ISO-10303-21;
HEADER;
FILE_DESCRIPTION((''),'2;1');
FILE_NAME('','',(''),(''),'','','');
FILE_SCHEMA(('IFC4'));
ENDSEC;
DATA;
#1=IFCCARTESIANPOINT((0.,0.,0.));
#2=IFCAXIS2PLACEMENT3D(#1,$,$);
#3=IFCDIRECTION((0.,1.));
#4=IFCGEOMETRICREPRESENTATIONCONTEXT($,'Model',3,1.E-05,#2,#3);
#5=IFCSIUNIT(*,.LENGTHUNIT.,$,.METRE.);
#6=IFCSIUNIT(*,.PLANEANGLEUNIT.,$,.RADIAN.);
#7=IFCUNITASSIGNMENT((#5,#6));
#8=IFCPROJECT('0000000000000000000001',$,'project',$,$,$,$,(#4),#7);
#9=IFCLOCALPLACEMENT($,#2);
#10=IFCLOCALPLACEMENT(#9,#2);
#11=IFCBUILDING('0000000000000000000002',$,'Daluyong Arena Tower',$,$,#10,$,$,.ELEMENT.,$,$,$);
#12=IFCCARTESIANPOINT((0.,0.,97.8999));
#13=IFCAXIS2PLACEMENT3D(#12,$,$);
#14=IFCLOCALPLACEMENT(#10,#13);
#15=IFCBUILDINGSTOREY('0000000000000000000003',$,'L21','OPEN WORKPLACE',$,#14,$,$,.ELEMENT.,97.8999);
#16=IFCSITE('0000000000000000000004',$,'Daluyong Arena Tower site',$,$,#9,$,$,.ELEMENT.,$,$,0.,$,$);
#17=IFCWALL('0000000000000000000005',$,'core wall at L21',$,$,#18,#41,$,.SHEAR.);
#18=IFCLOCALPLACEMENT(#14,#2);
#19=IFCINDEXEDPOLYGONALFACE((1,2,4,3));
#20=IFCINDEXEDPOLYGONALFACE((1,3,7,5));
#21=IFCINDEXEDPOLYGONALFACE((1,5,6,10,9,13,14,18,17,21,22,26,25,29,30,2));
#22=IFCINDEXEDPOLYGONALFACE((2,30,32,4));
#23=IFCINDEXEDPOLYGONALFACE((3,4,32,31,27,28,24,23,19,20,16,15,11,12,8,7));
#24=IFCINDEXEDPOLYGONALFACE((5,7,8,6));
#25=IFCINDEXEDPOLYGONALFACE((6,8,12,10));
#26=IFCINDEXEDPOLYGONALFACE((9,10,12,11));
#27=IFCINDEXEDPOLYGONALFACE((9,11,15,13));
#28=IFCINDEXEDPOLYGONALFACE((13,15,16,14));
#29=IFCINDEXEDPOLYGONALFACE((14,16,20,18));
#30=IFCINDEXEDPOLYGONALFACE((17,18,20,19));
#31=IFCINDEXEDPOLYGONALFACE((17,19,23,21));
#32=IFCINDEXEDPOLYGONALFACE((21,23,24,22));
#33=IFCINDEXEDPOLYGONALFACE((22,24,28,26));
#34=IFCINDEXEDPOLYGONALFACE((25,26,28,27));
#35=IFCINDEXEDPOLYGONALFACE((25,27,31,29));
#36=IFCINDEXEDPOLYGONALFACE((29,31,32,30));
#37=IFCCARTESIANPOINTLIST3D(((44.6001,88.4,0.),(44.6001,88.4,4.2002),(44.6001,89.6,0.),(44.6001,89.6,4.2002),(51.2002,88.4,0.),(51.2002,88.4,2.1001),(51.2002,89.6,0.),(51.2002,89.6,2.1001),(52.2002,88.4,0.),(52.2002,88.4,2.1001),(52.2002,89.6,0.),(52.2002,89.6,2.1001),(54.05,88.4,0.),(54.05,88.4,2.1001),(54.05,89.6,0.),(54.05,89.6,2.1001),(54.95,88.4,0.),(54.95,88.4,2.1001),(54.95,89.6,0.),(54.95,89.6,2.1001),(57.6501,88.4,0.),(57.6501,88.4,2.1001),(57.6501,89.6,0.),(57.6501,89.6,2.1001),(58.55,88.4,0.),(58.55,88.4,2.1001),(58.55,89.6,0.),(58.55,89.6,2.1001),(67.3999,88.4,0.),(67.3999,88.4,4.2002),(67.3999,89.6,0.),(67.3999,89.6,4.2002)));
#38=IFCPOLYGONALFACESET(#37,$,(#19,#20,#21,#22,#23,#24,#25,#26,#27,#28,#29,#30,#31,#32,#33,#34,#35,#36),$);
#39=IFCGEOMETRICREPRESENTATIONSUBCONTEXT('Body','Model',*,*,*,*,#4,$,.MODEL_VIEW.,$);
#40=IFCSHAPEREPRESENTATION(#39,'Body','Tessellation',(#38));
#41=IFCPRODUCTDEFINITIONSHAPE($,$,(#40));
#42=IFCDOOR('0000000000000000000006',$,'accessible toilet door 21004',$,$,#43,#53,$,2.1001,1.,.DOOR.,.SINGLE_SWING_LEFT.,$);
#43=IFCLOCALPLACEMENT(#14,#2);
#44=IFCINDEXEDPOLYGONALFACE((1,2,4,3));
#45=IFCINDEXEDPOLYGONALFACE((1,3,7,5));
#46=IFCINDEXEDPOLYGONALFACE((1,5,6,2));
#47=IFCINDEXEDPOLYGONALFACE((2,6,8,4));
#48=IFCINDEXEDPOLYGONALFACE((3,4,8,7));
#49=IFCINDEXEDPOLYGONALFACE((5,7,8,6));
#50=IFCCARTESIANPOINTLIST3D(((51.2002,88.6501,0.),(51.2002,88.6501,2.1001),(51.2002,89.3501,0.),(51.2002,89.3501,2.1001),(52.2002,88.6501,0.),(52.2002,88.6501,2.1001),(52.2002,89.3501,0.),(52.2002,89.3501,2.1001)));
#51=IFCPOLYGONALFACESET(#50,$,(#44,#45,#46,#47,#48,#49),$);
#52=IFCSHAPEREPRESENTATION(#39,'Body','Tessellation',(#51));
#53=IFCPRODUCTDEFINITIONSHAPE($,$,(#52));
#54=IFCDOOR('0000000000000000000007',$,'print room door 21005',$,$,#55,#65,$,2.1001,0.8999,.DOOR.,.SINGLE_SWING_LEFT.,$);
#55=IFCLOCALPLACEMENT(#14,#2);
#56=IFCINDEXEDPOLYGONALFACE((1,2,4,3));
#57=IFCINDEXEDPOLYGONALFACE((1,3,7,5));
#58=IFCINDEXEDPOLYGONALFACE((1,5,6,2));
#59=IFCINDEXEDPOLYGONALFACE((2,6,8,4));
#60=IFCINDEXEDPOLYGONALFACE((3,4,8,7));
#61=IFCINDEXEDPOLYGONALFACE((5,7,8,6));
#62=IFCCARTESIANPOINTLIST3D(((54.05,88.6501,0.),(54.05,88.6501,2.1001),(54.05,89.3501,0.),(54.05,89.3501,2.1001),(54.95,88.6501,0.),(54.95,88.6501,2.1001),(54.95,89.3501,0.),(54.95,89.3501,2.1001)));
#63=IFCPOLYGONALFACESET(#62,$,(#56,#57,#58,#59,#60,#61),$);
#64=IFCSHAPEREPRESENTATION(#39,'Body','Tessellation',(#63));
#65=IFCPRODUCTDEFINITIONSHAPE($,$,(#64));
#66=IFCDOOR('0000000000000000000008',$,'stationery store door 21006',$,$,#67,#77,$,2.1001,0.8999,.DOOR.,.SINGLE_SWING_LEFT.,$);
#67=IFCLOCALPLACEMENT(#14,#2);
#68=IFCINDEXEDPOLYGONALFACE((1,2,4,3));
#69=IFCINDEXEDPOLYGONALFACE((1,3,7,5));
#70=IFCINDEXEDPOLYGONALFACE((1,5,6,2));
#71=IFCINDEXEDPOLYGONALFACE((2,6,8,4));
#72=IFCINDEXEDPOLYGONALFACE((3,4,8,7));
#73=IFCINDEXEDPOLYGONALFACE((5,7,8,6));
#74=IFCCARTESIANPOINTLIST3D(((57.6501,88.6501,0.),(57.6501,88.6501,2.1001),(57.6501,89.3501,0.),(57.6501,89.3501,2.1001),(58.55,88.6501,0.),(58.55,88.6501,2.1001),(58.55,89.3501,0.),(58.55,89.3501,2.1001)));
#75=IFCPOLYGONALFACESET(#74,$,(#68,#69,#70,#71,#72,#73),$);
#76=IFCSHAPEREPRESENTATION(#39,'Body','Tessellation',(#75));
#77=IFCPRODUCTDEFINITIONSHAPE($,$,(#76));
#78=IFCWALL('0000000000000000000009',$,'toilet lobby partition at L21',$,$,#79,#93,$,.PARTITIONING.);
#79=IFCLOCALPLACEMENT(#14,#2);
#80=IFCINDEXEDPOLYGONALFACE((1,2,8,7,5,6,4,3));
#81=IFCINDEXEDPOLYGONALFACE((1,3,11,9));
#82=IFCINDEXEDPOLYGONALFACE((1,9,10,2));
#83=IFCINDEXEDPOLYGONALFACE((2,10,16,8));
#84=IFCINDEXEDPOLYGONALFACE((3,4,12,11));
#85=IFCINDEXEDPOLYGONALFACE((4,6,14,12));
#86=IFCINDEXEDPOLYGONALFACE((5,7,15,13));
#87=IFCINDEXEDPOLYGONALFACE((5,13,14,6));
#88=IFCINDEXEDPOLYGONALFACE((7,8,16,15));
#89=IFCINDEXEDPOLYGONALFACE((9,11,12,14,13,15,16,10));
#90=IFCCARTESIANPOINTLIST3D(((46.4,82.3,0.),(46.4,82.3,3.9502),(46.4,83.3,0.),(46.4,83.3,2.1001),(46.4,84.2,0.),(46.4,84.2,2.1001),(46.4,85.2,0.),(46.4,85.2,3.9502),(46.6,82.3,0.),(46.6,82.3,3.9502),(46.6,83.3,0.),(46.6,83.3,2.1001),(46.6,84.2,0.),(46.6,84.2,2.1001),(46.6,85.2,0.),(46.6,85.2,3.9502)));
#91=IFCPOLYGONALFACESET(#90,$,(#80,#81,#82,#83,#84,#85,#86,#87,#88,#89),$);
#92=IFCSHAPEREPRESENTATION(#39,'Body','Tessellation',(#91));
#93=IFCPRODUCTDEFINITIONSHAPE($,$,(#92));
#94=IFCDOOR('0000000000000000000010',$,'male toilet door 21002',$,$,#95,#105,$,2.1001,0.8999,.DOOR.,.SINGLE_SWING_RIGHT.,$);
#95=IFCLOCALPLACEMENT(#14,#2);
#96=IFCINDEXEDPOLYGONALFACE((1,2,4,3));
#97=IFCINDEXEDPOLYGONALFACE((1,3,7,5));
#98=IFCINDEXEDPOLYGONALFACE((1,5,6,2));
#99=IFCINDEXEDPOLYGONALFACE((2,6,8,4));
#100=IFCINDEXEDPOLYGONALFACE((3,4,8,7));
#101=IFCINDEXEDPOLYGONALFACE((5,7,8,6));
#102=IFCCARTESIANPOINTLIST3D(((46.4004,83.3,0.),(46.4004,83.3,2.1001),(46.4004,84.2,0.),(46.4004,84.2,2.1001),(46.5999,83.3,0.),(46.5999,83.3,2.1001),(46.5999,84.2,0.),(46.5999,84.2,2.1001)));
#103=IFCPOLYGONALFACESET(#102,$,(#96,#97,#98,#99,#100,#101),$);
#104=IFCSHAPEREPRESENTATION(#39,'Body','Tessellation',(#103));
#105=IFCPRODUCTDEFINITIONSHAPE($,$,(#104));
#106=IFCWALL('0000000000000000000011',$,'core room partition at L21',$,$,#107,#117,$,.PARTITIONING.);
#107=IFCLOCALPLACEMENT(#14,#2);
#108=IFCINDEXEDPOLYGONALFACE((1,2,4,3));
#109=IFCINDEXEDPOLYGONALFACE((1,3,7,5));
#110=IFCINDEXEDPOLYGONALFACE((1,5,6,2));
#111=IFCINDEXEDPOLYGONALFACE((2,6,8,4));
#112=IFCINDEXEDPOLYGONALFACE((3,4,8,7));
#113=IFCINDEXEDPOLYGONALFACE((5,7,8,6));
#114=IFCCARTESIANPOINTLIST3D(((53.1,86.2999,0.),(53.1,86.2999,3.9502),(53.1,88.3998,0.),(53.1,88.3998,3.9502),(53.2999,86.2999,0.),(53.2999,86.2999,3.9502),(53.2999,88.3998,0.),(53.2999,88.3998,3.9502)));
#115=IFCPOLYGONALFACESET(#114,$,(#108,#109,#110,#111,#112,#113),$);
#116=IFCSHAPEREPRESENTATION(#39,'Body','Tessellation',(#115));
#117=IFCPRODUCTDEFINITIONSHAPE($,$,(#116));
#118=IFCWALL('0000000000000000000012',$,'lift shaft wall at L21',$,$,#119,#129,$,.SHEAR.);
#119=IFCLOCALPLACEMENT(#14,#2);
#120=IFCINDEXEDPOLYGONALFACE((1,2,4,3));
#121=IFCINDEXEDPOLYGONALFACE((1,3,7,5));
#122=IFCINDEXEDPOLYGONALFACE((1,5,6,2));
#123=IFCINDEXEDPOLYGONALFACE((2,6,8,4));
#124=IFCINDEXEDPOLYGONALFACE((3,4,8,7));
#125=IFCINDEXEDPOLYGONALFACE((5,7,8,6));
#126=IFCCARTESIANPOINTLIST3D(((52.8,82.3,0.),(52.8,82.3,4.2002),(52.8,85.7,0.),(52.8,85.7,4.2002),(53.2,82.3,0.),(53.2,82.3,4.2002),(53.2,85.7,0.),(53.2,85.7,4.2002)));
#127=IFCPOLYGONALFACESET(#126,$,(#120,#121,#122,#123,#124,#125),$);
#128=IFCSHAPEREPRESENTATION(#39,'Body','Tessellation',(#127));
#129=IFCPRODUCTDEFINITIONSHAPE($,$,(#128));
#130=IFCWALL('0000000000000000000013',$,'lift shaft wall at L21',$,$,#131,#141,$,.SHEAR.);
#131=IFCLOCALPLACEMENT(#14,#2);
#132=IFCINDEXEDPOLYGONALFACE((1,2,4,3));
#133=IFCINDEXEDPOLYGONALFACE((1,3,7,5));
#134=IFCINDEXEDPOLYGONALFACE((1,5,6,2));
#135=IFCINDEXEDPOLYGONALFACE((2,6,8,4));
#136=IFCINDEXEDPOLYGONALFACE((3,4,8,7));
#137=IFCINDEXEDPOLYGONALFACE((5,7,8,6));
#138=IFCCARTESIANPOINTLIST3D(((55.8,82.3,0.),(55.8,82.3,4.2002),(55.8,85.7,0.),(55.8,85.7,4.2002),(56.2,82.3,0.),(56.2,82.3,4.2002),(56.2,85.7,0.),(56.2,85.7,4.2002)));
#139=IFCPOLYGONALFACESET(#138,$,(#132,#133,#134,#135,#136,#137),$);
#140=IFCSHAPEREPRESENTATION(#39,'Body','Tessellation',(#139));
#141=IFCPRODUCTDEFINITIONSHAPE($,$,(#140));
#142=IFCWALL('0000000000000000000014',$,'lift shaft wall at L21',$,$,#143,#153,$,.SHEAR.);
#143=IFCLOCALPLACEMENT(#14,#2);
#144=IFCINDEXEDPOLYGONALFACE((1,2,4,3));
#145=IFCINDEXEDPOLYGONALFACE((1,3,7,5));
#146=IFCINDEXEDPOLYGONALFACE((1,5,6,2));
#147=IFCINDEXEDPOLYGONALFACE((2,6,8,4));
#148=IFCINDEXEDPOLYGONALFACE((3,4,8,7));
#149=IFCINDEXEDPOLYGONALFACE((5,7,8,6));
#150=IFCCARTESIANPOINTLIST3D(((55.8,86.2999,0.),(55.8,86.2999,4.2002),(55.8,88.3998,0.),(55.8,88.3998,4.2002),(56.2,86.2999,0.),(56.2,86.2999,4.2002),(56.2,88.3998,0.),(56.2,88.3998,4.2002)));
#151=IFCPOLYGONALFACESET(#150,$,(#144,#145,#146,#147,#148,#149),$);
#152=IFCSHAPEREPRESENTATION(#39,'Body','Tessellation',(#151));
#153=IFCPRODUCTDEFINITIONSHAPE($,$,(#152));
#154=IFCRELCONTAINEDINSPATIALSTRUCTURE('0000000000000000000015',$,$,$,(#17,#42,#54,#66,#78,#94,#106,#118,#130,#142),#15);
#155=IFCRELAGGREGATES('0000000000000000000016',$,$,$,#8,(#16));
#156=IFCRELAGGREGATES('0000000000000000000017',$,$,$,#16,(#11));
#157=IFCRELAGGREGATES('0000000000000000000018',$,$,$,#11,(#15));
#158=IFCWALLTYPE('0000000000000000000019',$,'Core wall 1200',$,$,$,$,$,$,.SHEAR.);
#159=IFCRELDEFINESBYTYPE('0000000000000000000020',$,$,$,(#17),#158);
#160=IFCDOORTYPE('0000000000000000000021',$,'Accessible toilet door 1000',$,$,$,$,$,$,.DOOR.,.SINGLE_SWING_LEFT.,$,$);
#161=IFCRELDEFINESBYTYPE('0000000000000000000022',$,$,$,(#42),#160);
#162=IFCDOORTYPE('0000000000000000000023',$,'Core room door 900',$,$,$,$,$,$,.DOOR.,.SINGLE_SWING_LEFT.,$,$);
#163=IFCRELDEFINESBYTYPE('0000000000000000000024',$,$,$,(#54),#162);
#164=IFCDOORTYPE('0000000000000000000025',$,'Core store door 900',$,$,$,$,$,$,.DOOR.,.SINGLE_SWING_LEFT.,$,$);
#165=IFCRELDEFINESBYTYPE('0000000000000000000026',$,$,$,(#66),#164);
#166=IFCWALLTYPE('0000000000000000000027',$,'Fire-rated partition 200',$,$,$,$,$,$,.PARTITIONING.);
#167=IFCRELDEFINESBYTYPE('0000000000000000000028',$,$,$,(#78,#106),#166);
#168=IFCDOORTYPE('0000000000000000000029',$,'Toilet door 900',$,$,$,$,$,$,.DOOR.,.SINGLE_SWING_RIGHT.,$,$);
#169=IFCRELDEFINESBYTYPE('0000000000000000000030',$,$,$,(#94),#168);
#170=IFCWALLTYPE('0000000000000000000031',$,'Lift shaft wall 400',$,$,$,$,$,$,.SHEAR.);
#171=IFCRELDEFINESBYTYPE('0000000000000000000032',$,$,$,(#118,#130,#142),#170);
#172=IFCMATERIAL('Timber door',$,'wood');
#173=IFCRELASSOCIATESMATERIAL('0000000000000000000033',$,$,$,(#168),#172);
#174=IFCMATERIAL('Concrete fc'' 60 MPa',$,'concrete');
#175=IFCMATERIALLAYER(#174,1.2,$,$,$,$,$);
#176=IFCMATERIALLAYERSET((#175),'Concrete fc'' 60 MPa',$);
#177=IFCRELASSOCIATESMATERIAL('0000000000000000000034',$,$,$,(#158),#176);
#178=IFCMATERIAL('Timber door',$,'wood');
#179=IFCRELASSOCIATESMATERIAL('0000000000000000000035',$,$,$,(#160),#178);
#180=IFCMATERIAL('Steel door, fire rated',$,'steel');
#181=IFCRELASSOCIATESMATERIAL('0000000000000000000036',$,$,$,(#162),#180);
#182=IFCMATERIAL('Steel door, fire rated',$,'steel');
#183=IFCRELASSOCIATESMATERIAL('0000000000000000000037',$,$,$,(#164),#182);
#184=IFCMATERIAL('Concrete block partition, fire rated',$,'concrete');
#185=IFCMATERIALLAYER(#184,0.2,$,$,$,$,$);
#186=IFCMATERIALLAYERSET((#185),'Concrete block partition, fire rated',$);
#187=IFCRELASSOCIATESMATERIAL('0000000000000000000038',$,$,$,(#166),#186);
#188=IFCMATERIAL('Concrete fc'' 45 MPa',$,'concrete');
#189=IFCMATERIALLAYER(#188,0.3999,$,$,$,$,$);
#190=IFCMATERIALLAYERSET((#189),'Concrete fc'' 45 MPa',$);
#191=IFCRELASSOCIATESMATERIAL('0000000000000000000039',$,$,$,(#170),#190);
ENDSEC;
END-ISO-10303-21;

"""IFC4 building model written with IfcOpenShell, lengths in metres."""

from ifc_helpers import new_model, si_unit, direction, frame, frame_2d, origin, place, context, subcontext, project, spatial, rectangle, extrude, material, layer, layer_set, type_object, element, fill, save


model = new_model("IFC4")

# Units and contexts
model_context = context("Model", 3, precision=1e-05, world=origin(), true_north=direction((0.0, 1.0)))
body_context = subcontext(model_context, "Body", "Model", "MODEL_VIEW")
ifc_project = project(units=[si_unit("LENGTHUNIT", "METRE"), si_unit("PLANEANGLEUNIT", "RADIAN")], contexts=[model_context])

# Site, building, storey
site_placement = place(None, origin())
site = spatial("IfcSite", under=ifc_project, at=site_placement, Name="Daluyong Arena Tower site", CompositionType="ELEMENT", RefElevation=0.0)
building_placement = place(site_placement, origin())
building = spatial("IfcBuilding", under=site, at=building_placement, Name="Daluyong Arena Tower", CompositionType="ELEMENT")
storey_placement = place(building_placement, frame((0.0, 0.0, 97.8999)))
storey = spatial("IfcBuildingStorey", under=building, at=storey_placement, Name="L21", Description="OPEN WORKPLACE", CompositionType="ELEMENT", Elevation=97.8999)

# Shared definitions
ifc_material_1 = material(Name="Timber door", Category="wood")
door_type_1 = type_object("IfcDoorType", Name="Toilet door 900", OperationType="SINGLE_SWING_RIGHT", PredefinedType="DOOR", material=ifc_material_1)

# Wall, openings, doors
ifc_material_2 = material(Name="Concrete fc' 60 MPa", Category="concrete")
ifc_layer_1 = layer(ifc_material_2, 1.2)
ifc_layer_set_1 = layer_set([ifc_layer_1], Name="Concrete fc' 60 MPa")
wall_type_1 = type_object("IfcWallType", Name="Core wall 1200", PredefinedType="SHEAR", material=ifc_layer_set_1)
wall_1_placement = place(storey_placement, frame((44.6001, 89.0, 0.0), z_axis=(0.0, 0.0, 1.0), x_axis=(1.0, 0.0, 0.0)))
wall_1 = element("IfcWall", 1, at=wall_1_placement, inside=storey, type_object=wall_type_1, Name="core wall at L21", PredefinedType="SHEAR", context=body_context, shape_type="SweptSolid", body=[
    extrude(rectangle(XDim=22.7998, YDim=1.2, at=frame_2d((11.3999, 0.0))), origin(), (0.0, 0.0, 1.0), 4.2002),
])
opening_1_placement = place(wall_1_placement, frame((6.6001, 0.0, 0.0)))
opening_1 = element("IfcOpeningElement", 2, at=opening_1_placement, cuts=wall_1, PredefinedType="OPENING", context=body_context, shape_type="SweptSolid", body=[
    extrude(rectangle(XDim=1.0, YDim=2.1001, at=frame_2d((0.5, 1.05))), frame((0.0, 0.6099, 0.0), z_axis=(0.0, -1.0, 0.0), x_axis=(1.0, 0.0, 0.0)), (0.0, 0.0, 1.0), 1.22),
])
opening_2_placement = place(wall_1_placement, frame((9.45, 0.0, 0.0)))
opening_2 = element("IfcOpeningElement", 3, at=opening_2_placement, cuts=wall_1, PredefinedType="OPENING", context=body_context, shape_type="SweptSolid", body=[
    extrude(rectangle(XDim=0.8999, YDim=2.1001, at=frame_2d((0.45, 1.05))), frame((0.0, 0.6099, 0.0), z_axis=(0.0, -1.0, 0.0), x_axis=(1.0, 0.0, 0.0)), (0.0, 0.0, 1.0), 1.22),
])
opening_3_placement = place(wall_1_placement, frame((13.05, 0.0, 0.0)))
opening_3 = element("IfcOpeningElement", 4, at=opening_3_placement, cuts=wall_1, PredefinedType="OPENING", context=body_context, shape_type="SweptSolid", body=[
    extrude(rectangle(XDim=0.8999, YDim=2.1001, at=frame_2d((0.45, 1.05))), frame((0.0, 0.6099, 0.0), z_axis=(0.0, -1.0, 0.0), x_axis=(1.0, 0.0, 0.0)), (0.0, 0.0, 1.0), 1.22),
])
ifc_material_3 = material(Name="Timber door", Category="wood")
door_type_2 = type_object("IfcDoorType", Name="Accessible toilet door 1000", OperationType="SINGLE_SWING_LEFT", PredefinedType="DOOR", material=ifc_material_3)
door_1_placement = place(opening_1_placement, origin())
door_1 = element("IfcDoor", 5, at=door_1_placement, inside=storey, type_object=door_type_2, Name="accessible toilet door 21004", OperationType="SINGLE_SWING_LEFT", OverallHeight=2.1001, OverallWidth=1.0, PredefinedType="DOOR", context=body_context, shape_type="SweptSolid", body=[
    extrude(rectangle(XDim=1.0, YDim=2.1001, at=frame_2d((0.5, 1.05))), frame((0.0, 0.3501, 0.0), z_axis=(0.0, -1.0, 0.0), x_axis=(1.0, 0.0, 0.0)), (0.0, 0.0, 1.0), 0.7),
])
fill(opening_1, door_1)
ifc_material_4 = material(Name="Steel door, fire rated", Category="steel")
door_type_3 = type_object("IfcDoorType", Name="Core room door 900", OperationType="SINGLE_SWING_LEFT", PredefinedType="DOOR", material=ifc_material_4)
door_2_placement = place(opening_2_placement, origin())
door_2 = element("IfcDoor", 6, at=door_2_placement, inside=storey, type_object=door_type_3, Name="print room door 21005", OperationType="SINGLE_SWING_LEFT", OverallHeight=2.1001, OverallWidth=0.8999, PredefinedType="DOOR", context=body_context, shape_type="SweptSolid", body=[
    extrude(rectangle(XDim=0.8999, YDim=2.1001, at=frame_2d((0.45, 1.05))), frame((0.0, 0.3501, 0.0), z_axis=(0.0, -1.0, 0.0), x_axis=(1.0, 0.0, 0.0)), (0.0, 0.0, 1.0), 0.7),
])
fill(opening_2, door_2)
ifc_material_5 = material(Name="Steel door, fire rated", Category="steel")
door_type_4 = type_object("IfcDoorType", Name="Core store door 900", OperationType="SINGLE_SWING_LEFT", PredefinedType="DOOR", material=ifc_material_5)
door_3_placement = place(opening_3_placement, origin())
door_3 = element("IfcDoor", 7, at=door_3_placement, inside=storey, type_object=door_type_4, Name="stationery store door 21006", OperationType="SINGLE_SWING_LEFT", OverallHeight=2.1001, OverallWidth=0.8999, PredefinedType="DOOR", context=body_context, shape_type="SweptSolid", body=[
    extrude(rectangle(XDim=0.8999, YDim=2.1001, at=frame_2d((0.45, 1.05))), frame((0.0, 0.3501, 0.0), z_axis=(0.0, -1.0, 0.0), x_axis=(1.0, 0.0, 0.0)), (0.0, 0.0, 1.0), 0.7),
])
fill(opening_3, door_3)

# Wall, opening, door
ifc_material_6 = material(Name="Concrete block partition, fire rated", Category="concrete")
ifc_layer_2 = layer(ifc_material_6, 0.2)
ifc_layer_set_2 = layer_set([ifc_layer_2], Name="Concrete block partition, fire rated")
wall_type_2 = type_object("IfcWallType", Name="Fire-rated partition 200", PredefinedType="PARTITIONING", material=ifc_layer_set_2)
wall_2_placement = place(storey_placement, frame((46.5, 82.3, 0.0), z_axis=(0.0, 0.0, 1.0), x_axis=(0.0, 1.0, 0.0)))
wall_2 = element("IfcWall", 8, at=wall_2_placement, inside=storey, type_object=wall_type_2, Name="toilet lobby partition at L21", PredefinedType="PARTITIONING", context=body_context, shape_type="SweptSolid", body=[
    extrude(rectangle(XDim=2.8999, YDim=0.2, at=frame_2d((1.45, 0.0))), origin(), (0.0, 0.0, 1.0), 3.9502),
])
opening_4_placement = place(wall_2_placement, frame((1.0, 0.0, 0.0)))
opening_4 = element("IfcOpeningElement", 9, at=opening_4_placement, cuts=wall_2, PredefinedType="OPENING", context=body_context, shape_type="SweptSolid", body=[
    extrude(rectangle(XDim=0.8999, YDim=2.1001, at=frame_2d((0.45, 1.05))), frame((0.0, 0.1099, 0.0), z_axis=(0.0, -1.0, 0.0), x_axis=(1.0, 0.0, 0.0)), (0.0, 0.0, 1.0), 0.22),
])
door_4_placement = place(opening_4_placement, origin())
door_4 = element("IfcDoor", 10, at=door_4_placement, inside=storey, type_object=door_type_1, Name="male toilet door 21002", OperationType="SINGLE_SWING_RIGHT", OverallHeight=2.1001, OverallWidth=0.8999, PredefinedType="DOOR", context=body_context, shape_type="SweptSolid", body=[
    extrude(rectangle(XDim=0.8999, YDim=2.1001, at=frame_2d((0.45, 1.05))), frame((0.0, 0.0996, 0.0), z_axis=(0.0, -1.0, 0.0), x_axis=(1.0, 0.0, 0.0)), (0.0, 0.0, 1.0), 0.1995),
])
fill(opening_4, door_4)

# Walls
wall_3_placement = place(storey_placement, frame((53.2, 86.3, 0.0), z_axis=(0.0, 0.0, 1.0), x_axis=(0.0, 1.0, 0.0)))
element("IfcWall", 11, at=wall_3_placement, inside=storey, type_object=wall_type_2, Name="core room partition at L21", PredefinedType="PARTITIONING", context=body_context, shape_type="SweptSolid", body=[
    extrude(rectangle(XDim=2.0999, YDim=0.2, at=frame_2d((1.0498, 0.0))), origin(), (0.0, 0.0, 1.0), 3.9502),
])
ifc_material_7 = material(Name="Concrete fc' 45 MPa", Category="concrete")
ifc_layer_3 = layer(ifc_material_7, 0.3999)
ifc_layer_set_3 = layer_set([ifc_layer_3], Name="Concrete fc' 45 MPa")
wall_type_3 = type_object("IfcWallType", Name="Lift shaft wall 400", PredefinedType="SHEAR", material=ifc_layer_set_3)
for number, where, z_axis, x_axis, name in (
    (12, (53.0, 82.3, 0.0), (0.0, 0.0, 1.0), (0.0, 1.0, 0.0), "lift shaft wall at L21"),
    (13, (56.0, 82.3, 0.0), (0.0, 0.0, 1.0), (0.0, 1.0, 0.0), "lift shaft wall at L21"),
):
    element("IfcWall", number, at=place(storey_placement, frame(where, z_axis=z_axis, x_axis=x_axis)), inside=storey, type_object=wall_type_3, Name=name, PredefinedType="SHEAR", context=body_context, shape_type="SweptSolid", body=[
        extrude(rectangle(XDim=3.3999, YDim=0.3999, at=frame_2d((1.7, 0.0))), origin(), (0.0, 0.0, 1.0), 4.2002),
    ])
wall_4_placement = place(storey_placement, frame((56.0, 86.3, 0.0), z_axis=(0.0, 0.0, 1.0), x_axis=(0.0, 1.0, 0.0)))
element("IfcWall", 14, at=wall_4_placement, inside=storey, type_object=wall_type_3, Name="lift shaft wall at L21", PredefinedType="SHEAR", context=body_context, shape_type="SweptSolid", body=[
    extrude(rectangle(XDim=2.0999, YDim=0.3999, at=frame_2d((1.0498, 0.0))), origin(), (0.0, 0.0, 1.0), 4.2002),
])

save(model, "model.ifc")
